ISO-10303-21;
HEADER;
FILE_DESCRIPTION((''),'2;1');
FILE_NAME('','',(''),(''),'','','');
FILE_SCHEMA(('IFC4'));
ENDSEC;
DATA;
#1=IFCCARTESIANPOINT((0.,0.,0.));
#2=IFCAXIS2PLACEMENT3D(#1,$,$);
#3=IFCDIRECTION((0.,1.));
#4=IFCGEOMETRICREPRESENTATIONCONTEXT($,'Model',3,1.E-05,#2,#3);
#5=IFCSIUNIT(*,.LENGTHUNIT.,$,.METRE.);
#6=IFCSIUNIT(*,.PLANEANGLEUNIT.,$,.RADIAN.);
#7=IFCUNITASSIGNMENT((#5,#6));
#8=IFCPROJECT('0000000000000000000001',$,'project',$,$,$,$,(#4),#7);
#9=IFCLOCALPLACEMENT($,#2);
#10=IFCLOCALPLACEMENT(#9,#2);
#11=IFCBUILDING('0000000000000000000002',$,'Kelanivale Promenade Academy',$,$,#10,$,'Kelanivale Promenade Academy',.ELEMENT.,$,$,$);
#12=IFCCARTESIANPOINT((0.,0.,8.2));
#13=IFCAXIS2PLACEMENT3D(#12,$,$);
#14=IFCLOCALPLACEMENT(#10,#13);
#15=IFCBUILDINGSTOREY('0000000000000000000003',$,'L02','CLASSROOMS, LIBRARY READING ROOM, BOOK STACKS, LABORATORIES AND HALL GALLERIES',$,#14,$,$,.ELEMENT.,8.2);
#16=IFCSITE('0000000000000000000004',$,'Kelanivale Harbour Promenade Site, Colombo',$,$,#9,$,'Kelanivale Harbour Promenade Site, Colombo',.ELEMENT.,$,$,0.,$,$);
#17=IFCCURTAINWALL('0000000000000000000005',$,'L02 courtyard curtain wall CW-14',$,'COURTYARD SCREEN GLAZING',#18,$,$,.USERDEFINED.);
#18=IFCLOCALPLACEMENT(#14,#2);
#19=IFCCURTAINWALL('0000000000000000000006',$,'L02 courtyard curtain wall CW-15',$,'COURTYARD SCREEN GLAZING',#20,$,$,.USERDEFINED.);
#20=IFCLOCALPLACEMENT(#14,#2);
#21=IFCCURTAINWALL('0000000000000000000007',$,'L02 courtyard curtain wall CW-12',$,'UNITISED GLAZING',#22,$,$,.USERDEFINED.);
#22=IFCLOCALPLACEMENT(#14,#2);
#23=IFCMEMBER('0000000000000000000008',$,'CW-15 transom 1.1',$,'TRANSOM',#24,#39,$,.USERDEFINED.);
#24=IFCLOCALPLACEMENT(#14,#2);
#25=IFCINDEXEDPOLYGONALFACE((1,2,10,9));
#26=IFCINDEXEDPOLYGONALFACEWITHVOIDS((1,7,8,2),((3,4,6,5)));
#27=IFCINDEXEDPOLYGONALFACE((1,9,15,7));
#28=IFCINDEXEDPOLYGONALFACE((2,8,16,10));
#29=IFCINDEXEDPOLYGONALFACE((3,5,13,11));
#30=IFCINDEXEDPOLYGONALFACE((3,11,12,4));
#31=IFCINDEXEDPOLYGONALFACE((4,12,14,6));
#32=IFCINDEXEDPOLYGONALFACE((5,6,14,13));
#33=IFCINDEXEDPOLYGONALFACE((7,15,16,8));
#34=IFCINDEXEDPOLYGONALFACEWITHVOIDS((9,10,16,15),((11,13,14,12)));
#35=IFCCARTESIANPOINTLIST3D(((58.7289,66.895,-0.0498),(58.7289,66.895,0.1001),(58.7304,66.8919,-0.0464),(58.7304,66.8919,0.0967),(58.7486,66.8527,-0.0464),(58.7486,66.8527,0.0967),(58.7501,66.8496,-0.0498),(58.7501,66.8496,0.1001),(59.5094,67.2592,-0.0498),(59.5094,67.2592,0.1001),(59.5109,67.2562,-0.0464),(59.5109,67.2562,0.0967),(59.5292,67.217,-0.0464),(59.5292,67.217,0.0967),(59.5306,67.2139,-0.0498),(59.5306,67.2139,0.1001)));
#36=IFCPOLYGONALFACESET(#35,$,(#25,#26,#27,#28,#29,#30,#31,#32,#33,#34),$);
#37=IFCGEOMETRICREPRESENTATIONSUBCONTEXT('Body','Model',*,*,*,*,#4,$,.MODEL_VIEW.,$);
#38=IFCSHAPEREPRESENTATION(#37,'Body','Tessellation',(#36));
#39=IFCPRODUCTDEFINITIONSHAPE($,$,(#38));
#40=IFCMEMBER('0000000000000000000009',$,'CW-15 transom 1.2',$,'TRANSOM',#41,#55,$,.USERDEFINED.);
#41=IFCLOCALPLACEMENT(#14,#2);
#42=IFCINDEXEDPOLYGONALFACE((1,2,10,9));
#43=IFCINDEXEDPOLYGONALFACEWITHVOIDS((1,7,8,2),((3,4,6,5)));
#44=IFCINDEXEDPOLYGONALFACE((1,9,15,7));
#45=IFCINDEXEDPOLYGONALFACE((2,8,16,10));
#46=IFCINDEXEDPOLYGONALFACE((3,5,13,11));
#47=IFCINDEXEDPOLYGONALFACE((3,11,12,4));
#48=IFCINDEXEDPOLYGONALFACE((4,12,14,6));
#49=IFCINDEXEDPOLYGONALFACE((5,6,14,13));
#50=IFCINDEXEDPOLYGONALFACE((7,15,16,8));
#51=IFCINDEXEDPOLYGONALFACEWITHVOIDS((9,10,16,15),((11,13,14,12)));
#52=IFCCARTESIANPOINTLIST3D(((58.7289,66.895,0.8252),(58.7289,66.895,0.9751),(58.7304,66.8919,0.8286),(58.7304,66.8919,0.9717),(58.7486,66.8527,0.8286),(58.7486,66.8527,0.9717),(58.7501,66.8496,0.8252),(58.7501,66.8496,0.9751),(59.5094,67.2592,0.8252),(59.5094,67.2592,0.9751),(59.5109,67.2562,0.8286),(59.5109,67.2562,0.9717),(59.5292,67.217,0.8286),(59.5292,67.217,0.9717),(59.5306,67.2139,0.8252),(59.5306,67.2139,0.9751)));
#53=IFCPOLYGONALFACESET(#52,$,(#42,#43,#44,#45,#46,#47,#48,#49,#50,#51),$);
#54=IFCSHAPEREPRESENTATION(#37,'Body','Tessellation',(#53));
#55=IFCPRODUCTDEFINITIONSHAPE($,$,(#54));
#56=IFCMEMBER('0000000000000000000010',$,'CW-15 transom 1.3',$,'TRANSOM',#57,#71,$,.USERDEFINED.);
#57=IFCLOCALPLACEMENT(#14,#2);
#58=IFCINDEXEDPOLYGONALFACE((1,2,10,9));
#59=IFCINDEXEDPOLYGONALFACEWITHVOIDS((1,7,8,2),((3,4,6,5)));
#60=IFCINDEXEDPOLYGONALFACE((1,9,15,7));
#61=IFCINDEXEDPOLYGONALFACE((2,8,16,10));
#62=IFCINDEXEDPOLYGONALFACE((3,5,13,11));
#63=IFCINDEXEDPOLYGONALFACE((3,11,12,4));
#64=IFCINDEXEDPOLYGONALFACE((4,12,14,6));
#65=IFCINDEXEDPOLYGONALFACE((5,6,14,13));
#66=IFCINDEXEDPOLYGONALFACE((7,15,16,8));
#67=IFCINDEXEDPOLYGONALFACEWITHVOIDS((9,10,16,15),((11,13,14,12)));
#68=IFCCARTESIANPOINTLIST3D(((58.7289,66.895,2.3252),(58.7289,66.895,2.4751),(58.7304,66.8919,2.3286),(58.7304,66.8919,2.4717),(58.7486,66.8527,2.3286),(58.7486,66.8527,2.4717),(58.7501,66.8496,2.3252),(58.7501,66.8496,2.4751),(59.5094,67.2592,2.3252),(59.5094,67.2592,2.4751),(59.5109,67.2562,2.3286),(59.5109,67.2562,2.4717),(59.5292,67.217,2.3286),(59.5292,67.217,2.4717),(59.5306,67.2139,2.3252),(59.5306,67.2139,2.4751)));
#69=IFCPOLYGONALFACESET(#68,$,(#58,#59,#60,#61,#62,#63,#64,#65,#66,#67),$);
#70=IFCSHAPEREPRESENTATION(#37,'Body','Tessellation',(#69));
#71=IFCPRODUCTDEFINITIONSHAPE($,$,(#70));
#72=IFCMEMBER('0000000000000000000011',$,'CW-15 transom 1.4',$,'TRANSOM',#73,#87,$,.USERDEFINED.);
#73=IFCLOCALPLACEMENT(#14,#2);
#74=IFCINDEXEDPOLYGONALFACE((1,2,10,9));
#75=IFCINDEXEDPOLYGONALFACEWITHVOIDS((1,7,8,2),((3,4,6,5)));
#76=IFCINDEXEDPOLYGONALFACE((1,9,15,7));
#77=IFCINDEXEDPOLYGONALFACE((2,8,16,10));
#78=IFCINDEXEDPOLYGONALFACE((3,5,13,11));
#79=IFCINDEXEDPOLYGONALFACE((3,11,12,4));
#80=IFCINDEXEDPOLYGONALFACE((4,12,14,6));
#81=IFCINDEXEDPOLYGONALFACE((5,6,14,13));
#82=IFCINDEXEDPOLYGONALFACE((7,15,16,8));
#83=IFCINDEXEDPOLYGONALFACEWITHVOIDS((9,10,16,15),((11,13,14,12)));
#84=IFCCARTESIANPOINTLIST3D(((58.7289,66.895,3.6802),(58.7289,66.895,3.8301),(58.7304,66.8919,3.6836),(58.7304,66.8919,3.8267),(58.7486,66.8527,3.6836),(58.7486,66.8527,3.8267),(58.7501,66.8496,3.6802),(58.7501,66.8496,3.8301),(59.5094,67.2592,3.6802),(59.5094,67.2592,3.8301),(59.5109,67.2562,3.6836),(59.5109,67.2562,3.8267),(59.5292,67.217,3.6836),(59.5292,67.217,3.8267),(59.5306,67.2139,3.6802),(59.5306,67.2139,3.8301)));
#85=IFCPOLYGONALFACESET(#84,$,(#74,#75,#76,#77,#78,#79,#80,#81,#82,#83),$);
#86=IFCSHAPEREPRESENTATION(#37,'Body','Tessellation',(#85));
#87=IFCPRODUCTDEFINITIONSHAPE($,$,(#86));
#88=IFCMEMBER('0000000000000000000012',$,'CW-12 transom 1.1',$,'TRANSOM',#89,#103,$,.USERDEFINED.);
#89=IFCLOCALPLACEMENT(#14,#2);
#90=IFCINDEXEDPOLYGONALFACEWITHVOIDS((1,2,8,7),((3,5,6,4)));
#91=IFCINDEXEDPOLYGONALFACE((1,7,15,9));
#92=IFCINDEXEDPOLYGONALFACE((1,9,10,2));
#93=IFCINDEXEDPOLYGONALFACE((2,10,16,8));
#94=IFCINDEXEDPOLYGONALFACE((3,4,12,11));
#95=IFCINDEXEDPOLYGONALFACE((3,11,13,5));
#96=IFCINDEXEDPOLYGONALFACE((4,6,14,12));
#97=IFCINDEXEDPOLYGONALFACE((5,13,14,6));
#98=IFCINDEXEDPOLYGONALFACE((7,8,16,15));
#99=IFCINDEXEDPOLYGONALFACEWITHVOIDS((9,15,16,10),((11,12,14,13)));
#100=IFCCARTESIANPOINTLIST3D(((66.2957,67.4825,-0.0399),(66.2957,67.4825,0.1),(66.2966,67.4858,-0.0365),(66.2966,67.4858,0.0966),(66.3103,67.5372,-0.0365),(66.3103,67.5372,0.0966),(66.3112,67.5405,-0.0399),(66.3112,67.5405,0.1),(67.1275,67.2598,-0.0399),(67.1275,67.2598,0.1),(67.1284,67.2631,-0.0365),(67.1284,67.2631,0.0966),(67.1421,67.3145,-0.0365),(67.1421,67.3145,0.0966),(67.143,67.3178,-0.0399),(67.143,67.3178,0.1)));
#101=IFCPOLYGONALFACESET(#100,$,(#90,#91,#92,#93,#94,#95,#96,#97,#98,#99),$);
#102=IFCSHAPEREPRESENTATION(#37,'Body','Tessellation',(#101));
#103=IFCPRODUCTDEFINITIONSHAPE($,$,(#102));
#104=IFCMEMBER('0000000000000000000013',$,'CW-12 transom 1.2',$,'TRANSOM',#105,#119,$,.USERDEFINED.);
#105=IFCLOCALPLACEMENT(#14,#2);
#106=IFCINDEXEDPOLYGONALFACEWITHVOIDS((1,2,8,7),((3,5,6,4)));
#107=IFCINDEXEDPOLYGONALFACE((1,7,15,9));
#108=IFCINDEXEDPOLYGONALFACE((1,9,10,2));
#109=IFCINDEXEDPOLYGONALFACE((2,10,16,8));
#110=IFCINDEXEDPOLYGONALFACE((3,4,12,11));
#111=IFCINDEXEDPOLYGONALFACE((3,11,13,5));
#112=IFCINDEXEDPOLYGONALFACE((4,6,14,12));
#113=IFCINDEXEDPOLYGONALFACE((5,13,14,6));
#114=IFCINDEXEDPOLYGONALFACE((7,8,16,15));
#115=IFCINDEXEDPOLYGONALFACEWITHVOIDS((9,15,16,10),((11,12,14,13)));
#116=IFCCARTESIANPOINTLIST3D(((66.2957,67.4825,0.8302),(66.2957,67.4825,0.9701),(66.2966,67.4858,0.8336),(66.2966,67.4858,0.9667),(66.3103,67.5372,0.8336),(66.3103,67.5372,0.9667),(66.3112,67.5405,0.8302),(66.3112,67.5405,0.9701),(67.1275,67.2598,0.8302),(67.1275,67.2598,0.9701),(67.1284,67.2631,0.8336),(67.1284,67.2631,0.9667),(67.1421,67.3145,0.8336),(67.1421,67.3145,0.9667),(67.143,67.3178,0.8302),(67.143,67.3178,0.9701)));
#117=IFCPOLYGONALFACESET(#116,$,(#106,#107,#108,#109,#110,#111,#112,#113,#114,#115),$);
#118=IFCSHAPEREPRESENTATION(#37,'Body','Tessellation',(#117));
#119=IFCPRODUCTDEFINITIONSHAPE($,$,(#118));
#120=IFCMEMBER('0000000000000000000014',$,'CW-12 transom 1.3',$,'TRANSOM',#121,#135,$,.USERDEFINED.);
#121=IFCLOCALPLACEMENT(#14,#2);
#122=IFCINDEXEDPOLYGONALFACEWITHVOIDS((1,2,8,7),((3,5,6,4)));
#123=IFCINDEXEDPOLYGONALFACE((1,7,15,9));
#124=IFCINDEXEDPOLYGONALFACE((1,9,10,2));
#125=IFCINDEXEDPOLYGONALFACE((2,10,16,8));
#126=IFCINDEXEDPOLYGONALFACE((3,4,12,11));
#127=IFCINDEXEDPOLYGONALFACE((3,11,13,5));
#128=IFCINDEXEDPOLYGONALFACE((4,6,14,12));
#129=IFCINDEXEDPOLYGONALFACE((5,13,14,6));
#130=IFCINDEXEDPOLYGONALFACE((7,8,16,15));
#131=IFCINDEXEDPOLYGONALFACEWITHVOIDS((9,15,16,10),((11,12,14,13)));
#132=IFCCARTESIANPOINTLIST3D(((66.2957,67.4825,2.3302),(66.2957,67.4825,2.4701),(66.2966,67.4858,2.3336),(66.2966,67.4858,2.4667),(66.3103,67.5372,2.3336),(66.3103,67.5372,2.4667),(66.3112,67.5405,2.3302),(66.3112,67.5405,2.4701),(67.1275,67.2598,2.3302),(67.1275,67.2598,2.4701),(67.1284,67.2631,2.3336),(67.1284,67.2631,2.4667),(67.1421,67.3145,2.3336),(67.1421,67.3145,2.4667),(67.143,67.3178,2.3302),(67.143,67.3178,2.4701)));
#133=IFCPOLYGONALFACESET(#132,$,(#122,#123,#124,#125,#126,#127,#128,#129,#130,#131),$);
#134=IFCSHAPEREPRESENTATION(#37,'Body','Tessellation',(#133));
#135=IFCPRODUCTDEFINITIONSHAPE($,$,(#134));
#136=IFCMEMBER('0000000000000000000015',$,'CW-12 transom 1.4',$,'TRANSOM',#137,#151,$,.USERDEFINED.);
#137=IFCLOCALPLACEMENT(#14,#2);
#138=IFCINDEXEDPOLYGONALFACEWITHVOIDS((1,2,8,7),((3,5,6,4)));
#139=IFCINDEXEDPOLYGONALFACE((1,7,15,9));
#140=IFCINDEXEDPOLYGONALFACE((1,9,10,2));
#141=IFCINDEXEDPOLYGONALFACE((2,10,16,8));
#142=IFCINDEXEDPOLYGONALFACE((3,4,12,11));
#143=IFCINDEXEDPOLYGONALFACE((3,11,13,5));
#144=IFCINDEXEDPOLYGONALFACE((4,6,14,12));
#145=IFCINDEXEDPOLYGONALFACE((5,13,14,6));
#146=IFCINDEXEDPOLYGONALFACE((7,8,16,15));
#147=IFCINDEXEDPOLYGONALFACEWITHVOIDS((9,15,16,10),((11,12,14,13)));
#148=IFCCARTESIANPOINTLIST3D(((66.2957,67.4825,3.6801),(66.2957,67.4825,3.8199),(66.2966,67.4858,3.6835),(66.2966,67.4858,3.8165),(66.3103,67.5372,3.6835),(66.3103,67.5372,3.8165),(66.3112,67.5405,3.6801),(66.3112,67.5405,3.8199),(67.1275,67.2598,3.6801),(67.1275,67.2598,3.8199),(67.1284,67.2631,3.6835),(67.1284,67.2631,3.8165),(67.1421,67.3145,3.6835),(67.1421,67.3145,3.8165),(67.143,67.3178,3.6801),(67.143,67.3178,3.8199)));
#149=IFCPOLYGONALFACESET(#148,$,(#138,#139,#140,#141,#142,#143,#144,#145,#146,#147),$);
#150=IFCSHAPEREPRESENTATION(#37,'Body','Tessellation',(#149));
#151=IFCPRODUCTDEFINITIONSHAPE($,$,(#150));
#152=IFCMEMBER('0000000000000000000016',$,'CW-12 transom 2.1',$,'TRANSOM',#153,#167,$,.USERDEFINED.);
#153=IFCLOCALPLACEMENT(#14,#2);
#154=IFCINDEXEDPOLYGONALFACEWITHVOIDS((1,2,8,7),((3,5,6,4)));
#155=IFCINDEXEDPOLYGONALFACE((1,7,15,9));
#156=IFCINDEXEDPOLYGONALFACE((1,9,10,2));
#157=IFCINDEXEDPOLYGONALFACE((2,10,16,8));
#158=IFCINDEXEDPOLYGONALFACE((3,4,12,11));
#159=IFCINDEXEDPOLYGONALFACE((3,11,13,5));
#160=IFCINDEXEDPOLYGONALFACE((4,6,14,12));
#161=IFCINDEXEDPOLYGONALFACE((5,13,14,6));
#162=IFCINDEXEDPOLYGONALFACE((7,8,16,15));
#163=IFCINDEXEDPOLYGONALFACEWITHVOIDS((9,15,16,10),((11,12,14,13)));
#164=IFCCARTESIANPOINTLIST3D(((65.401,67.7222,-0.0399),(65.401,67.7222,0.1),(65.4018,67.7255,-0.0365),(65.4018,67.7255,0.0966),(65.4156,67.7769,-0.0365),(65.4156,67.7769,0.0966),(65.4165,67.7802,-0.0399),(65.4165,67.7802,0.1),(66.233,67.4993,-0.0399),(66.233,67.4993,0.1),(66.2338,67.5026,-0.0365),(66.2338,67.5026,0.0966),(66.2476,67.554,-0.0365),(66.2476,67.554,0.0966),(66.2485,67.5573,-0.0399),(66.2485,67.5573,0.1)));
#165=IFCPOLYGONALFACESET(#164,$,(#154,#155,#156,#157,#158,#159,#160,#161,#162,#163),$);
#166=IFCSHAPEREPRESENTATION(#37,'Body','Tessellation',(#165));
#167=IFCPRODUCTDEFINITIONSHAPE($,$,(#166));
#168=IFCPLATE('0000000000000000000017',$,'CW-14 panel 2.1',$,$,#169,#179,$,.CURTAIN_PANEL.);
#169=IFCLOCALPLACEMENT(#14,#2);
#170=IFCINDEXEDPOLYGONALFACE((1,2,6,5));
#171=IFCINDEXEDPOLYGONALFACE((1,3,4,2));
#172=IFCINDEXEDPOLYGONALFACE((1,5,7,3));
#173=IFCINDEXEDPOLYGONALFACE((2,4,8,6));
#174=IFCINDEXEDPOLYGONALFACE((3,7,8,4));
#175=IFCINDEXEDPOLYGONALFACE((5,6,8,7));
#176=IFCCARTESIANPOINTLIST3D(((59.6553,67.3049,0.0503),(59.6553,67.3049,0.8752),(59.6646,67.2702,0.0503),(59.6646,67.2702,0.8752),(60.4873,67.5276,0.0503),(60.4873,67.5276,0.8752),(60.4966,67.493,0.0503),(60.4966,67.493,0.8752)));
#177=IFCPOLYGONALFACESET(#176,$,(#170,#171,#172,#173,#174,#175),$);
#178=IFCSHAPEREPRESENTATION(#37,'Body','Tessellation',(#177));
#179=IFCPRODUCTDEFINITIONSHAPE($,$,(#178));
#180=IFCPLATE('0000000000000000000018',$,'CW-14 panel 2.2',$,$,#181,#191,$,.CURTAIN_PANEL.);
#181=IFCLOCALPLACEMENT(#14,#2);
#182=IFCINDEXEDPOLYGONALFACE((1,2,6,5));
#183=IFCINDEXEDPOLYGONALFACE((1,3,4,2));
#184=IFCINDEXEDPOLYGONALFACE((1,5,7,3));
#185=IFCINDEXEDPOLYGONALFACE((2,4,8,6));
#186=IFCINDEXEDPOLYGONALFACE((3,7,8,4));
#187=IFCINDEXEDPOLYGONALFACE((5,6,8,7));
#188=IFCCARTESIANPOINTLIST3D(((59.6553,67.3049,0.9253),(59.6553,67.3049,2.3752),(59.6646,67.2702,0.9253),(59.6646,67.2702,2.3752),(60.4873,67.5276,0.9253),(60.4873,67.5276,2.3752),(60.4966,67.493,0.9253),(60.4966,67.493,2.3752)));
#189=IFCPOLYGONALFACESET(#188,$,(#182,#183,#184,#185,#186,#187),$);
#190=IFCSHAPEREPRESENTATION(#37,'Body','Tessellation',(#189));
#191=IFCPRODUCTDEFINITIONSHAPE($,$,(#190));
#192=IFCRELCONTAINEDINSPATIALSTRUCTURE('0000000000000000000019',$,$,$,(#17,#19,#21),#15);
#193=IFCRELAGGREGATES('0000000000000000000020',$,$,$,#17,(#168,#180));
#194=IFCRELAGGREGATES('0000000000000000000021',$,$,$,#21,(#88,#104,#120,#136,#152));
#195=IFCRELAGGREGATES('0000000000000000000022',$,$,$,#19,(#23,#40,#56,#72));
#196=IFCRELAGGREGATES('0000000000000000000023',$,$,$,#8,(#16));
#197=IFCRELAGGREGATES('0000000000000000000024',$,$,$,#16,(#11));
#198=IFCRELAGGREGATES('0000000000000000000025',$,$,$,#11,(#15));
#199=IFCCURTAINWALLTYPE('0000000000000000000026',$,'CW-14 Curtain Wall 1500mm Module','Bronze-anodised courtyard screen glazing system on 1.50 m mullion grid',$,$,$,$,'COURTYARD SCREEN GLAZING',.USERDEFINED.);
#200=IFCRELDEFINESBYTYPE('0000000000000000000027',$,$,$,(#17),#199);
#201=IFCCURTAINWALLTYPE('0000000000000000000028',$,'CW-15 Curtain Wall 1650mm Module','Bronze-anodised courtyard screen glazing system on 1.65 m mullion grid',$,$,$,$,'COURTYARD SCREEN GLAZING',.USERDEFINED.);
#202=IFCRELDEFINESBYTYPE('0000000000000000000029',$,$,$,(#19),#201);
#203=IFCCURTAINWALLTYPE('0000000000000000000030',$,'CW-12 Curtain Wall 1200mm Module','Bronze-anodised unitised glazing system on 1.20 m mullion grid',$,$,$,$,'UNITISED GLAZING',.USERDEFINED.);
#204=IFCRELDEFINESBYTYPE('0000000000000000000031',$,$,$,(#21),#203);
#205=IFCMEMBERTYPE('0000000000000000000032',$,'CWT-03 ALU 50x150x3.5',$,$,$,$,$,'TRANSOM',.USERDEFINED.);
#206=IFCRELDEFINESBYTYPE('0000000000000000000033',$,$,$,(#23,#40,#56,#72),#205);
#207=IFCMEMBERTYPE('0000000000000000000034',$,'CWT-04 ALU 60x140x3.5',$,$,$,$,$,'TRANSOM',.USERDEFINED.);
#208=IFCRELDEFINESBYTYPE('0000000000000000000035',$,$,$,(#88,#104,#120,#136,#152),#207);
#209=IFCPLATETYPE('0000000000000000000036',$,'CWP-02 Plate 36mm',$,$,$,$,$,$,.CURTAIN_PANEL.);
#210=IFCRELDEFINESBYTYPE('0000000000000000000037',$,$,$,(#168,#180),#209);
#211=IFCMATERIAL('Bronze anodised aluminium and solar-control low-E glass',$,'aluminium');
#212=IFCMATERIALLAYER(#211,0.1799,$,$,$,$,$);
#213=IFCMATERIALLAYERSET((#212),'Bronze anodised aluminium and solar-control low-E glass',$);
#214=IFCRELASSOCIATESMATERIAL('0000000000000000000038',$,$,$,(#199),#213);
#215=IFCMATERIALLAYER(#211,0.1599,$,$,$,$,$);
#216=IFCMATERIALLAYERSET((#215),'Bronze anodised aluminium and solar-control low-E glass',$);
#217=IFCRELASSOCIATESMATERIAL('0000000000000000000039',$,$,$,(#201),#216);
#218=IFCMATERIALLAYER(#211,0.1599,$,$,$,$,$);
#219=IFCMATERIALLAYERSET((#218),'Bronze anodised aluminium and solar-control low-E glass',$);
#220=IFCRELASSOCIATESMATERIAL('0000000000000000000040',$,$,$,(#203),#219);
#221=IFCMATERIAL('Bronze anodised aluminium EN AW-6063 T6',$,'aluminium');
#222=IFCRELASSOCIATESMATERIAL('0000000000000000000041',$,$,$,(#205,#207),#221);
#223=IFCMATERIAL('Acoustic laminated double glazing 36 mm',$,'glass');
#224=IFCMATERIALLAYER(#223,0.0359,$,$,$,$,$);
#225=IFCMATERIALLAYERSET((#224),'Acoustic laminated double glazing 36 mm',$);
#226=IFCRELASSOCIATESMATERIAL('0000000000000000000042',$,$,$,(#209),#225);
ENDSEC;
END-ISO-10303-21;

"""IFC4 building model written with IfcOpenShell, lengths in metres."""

from ifc_helpers import new_model, si_unit, direction, frame, origin, origin_2d, place, context, subcontext, project, spatial, rectangle, hollow_rectangle, extrude, material, layer, layer_set, material_profile, profile_set, type_object, element, aggregate, save


model = new_model("IFC4")

# Units and contexts
model_context = context("Model", 3, precision=1e-05, world=origin(), true_north=direction((0.0, 1.0)))
body_context = subcontext(model_context, "Body", "Model", "MODEL_VIEW")
ifc_project = project(units=[si_unit("LENGTHUNIT", "METRE"), si_unit("PLANEANGLEUNIT", "RADIAN")], contexts=[model_context])

# Site, building, storey
site_placement = place(None, origin())
site = spatial("IfcSite", under=ifc_project, at=site_placement, Name="Kelanivale Harbour Promenade Site, Colombo", LongName="Kelanivale Harbour Promenade Site, Colombo", CompositionType="ELEMENT", RefElevation=0.0)
building_placement = place(site_placement, origin())
building = spatial("IfcBuilding", under=site, at=building_placement, Name="Kelanivale Promenade Academy", LongName="Kelanivale Promenade Academy", CompositionType="ELEMENT")
storey_placement = place(building_placement, frame((0.0, 0.0, 8.2)))
storey = spatial("IfcBuildingStorey", under=building, at=storey_placement, Name="L02", Description="CLASSROOMS, LIBRARY READING ROOM, BOOK STACKS, LABORATORIES AND HALL GALLERIES", CompositionType="ELEMENT", Elevation=8.2)

# Curtain wall
ifc_material_1 = material(Name="Bronze anodised aluminium and solar-control low-E glass", Category="aluminium")
ifc_layer_1 = layer(ifc_material_1, 0.1799)
ifc_layer_set_1 = layer_set([ifc_layer_1], Name="Bronze anodised aluminium and solar-control low-E glass")
curtain_wall_type_1 = type_object("IfcCurtainWallType", Name="CW-14 Curtain Wall 1500mm Module", Description="Bronze-anodised courtyard screen glazing system on 1.50 m mullion grid", ElementType="COURTYARD SCREEN GLAZING", PredefinedType="USERDEFINED", material=ifc_layer_set_1)
curtain_wall_1_placement = place(storey_placement, origin())
curtain_wall_1 = element("IfcCurtainWall", 1, at=curtain_wall_1_placement, inside=storey, type_object=curtain_wall_type_1, Name="L02 courtyard curtain wall CW-14", ObjectType="COURTYARD SCREEN GLAZING", PredefinedType="USERDEFINED")
ifc_material_2 = material(Name="Bronze anodised aluminium EN AW-6063 T6", Category="aluminium")

# Curtain wall
ifc_layer_2 = layer(ifc_material_1, 0.1599)
ifc_layer_set_2 = layer_set([ifc_layer_2], Name="Bronze anodised aluminium and solar-control low-E glass")
curtain_wall_type_2 = type_object("IfcCurtainWallType", Name="CW-15 Curtain Wall 1650mm Module", Description="Bronze-anodised courtyard screen glazing system on 1.65 m mullion grid", ElementType="COURTYARD SCREEN GLAZING", PredefinedType="USERDEFINED", material=ifc_layer_set_2)
curtain_wall_2_placement = place(storey_placement, origin())
curtain_wall_2 = element("IfcCurtainWall", 2, at=curtain_wall_2_placement, inside=storey, type_object=curtain_wall_type_2, Name="L02 courtyard curtain wall CW-15", ObjectType="COURTYARD SCREEN GLAZING", PredefinedType="USERDEFINED")

# Curtain wall
ifc_layer_3 = layer(ifc_material_1, 0.1599)
ifc_layer_set_3 = layer_set([ifc_layer_3], Name="Bronze anodised aluminium and solar-control low-E glass")
curtain_wall_type_3 = type_object("IfcCurtainWallType", Name="CW-12 Curtain Wall 1200mm Module", Description="Bronze-anodised unitised glazing system on 1.20 m mullion grid", ElementType="UNITISED GLAZING", PredefinedType="USERDEFINED", material=ifc_layer_set_3)
curtain_wall_3_placement = place(storey_placement, origin())
curtain_wall_3 = element("IfcCurtainWall", 3, at=curtain_wall_3_placement, inside=storey, type_object=curtain_wall_type_3, Name="L02 courtyard curtain wall CW-12", ObjectType="UNITISED GLAZING", PredefinedType="USERDEFINED")

# Members
ifc_material_profile_1 = material_profile(ifc_material_2, hollow_rectangle(XDim=0.05, YDim=0.1499, WallThickness=0.0034, at=origin_2d()), Name="ALU 50x150x3.5")
ifc_profile_set_1 = profile_set([ifc_material_profile_1], Name="Bronze anodised aluminium EN AW-6063 T6")
member_type_1 = type_object("IfcMemberType", Name="CWT-03 ALU 50x150x3.5", ElementType="TRANSOM", PredefinedType="USERDEFINED", material=ifc_profile_set_1)
member_1_placement = place(storey_placement, frame((59.52, 67.2366, 0.0251), z_axis=(-0.906176, -0.422901, 0.0), x_axis=(0.422901, -0.906176, 0.0)))
member_1 = element("IfcMember", 4, at=member_1_placement, type_object=member_type_1, Name="CW-15 transom 1.1", ObjectType="TRANSOM", PredefinedType="USERDEFINED", context=body_context, shape_type="SweptSolid", body=[
    extrude(hollow_rectangle(XDim=0.05, YDim=0.1499, WallThickness=0.0034, at=origin_2d()), origin(), (0.0, 0.0, 1.0), 0.8613),
])
member_2_placement = place(storey_placement, frame((59.52, 67.2366, 0.9001), z_axis=(-0.906176, -0.422901, 0.0), x_axis=(0.422901, -0.906176, 0.0)))
member_2 = element("IfcMember", 5, at=member_2_placement, type_object=member_type_1, Name="CW-15 transom 1.2", ObjectType="TRANSOM", PredefinedType="USERDEFINED", context=body_context, shape_type="SweptSolid", body=[
    extrude(hollow_rectangle(XDim=0.05, YDim=0.1499, WallThickness=0.0034, at=origin_2d()), origin(), (0.0, 0.0, 1.0), 0.8613),
])
member_3_placement = place(storey_placement, frame((59.52, 67.2366, 2.4001), z_axis=(-0.906176, -0.422901, 0.0), x_axis=(0.422901, -0.906176, 0.0)))
member_3 = element("IfcMember", 6, at=member_3_placement, type_object=member_type_1, Name="CW-15 transom 1.3", ObjectType="TRANSOM", PredefinedType="USERDEFINED", context=body_context, shape_type="SweptSolid", body=[
    extrude(hollow_rectangle(XDim=0.05, YDim=0.1499, WallThickness=0.0034, at=origin_2d()), origin(), (0.0, 0.0, 1.0), 0.8613),
])
member_4_placement = place(storey_placement, frame((59.52, 67.2366, 3.7551), z_axis=(-0.906176, -0.422901, 0.0), x_axis=(0.422901, -0.906176, 0.0)))
member_4 = element("IfcMember", 7, at=member_4_placement, type_object=member_type_1, Name="CW-15 transom 1.4", ObjectType="TRANSOM", PredefinedType="USERDEFINED", context=body_context, shape_type="SweptSolid", body=[
    extrude(hollow_rectangle(XDim=0.05, YDim=0.1499, WallThickness=0.0034, at=origin_2d()), origin(), (0.0, 0.0, 1.0), 0.8613),
])
ifc_material_profile_2 = material_profile(ifc_material_2, hollow_rectangle(XDim=0.0601, YDim=0.1399, WallThickness=0.0034, at=origin_2d()), Name="ALU 60x140x3.5")
ifc_profile_set_2 = profile_set([ifc_material_profile_2], Name="Bronze anodised aluminium EN AW-6063 T6")
member_type_2 = type_object("IfcMemberType", Name="CWT-04 ALU 60x140x3.5", ElementType="TRANSOM", PredefinedType="USERDEFINED", material=ifc_profile_set_2)
member_5_placement = place(storey_placement, frame((67.1353, 67.2888, 0.03), z_axis=(-0.96599, 0.25858, 0.0), x_axis=(-0.25858, -0.96599, 0.0)))
member_5 = element("IfcMember", 8, at=member_5_placement, type_object=member_type_2, Name="CW-12 transom 1.1", ObjectType="TRANSOM", PredefinedType="USERDEFINED", context=body_context, shape_type="SweptSolid", body=[
    extrude(hollow_rectangle(XDim=0.0601, YDim=0.1399, WallThickness=0.0034, at=origin_2d()), origin(), (0.0, 0.0, 1.0), 0.8611),
])
member_6_placement = place(storey_placement, frame((67.1353, 67.2888, 0.9001), z_axis=(-0.96599, 0.25858, 0.0), x_axis=(-0.25858, -0.96599, 0.0)))
member_6 = element("IfcMember", 9, at=member_6_placement, type_object=member_type_2, Name="CW-12 transom 1.2", ObjectType="TRANSOM", PredefinedType="USERDEFINED", context=body_context, shape_type="SweptSolid", body=[
    extrude(hollow_rectangle(XDim=0.0601, YDim=0.1399, WallThickness=0.0034, at=origin_2d()), origin(), (0.0, 0.0, 1.0), 0.8611),
])
member_7_placement = place(storey_placement, frame((67.1353, 67.2888, 2.4001), z_axis=(-0.96599, 0.25858, 0.0), x_axis=(-0.25858, -0.96599, 0.0)))
member_7 = element("IfcMember", 10, at=member_7_placement, type_object=member_type_2, Name="CW-12 transom 1.3", ObjectType="TRANSOM", PredefinedType="USERDEFINED", context=body_context, shape_type="SweptSolid", body=[
    extrude(hollow_rectangle(XDim=0.0601, YDim=0.1399, WallThickness=0.0034, at=origin_2d()), origin(), (0.0, 0.0, 1.0), 0.8611),
])
member_8_placement = place(storey_placement, frame((67.1353, 67.2888, 3.75), z_axis=(-0.96599, 0.25858, 0.0), x_axis=(-0.25858, -0.96599, 0.0)))
member_8 = element("IfcMember", 11, at=member_8_placement, type_object=member_type_2, Name="CW-12 transom 1.4", ObjectType="TRANSOM", PredefinedType="USERDEFINED", context=body_context, shape_type="SweptSolid", body=[
    extrude(hollow_rectangle(XDim=0.0601, YDim=0.1399, WallThickness=0.0034, at=origin_2d()), origin(), (0.0, 0.0, 1.0), 0.8611),
])
member_9_placement = place(storey_placement, frame((66.2407, 67.5283, 0.03), z_axis=(-0.965938, 0.258774, 0.0), x_axis=(-0.258774, -0.965938, 0.0)))
member_9 = element("IfcMember", 12, at=member_9_placement, type_object=member_type_2, Name="CW-12 transom 2.1", ObjectType="TRANSOM", PredefinedType="USERDEFINED", context=body_context, shape_type="SweptSolid", body=[
    extrude(hollow_rectangle(XDim=0.0601, YDim=0.1399, WallThickness=0.0034, at=origin_2d()), origin(), (0.0, 0.0, 1.0), 0.8613),
])

# Plates
ifc_material_3 = material(Name="Acoustic laminated double glazing 36 mm", Category="glass")
ifc_layer_4 = layer(ifc_material_3, 0.0359)
ifc_layer_set_4 = layer_set([ifc_layer_4], Name="Acoustic laminated double glazing 36 mm")
plate_type_1 = type_object("IfcPlateType", Name="CWP-02 Plate 36mm", PredefinedType="CURTAIN_PANEL", material=ifc_layer_set_4)
plate_1_placement = place(storey_placement, frame((60.0759, 67.3989, 0.0503), z_axis=(0.0, 0.0, 1.0), x_axis=(-0.96599, -0.258578, 0.0)))
plate_1 = element("IfcPlate", 13, at=plate_1_placement, type_object=plate_type_1, Name="CW-14 panel 2.1", PredefinedType="CURTAIN_PANEL", context=body_context, shape_type="SweptSolid", body=[
    extrude(rectangle(XDim=0.8613, YDim=0.0359, at=origin_2d()), origin(), (0.0, 0.0, 1.0), 0.825),
])
plate_2_placement = place(storey_placement, frame((60.0759, 67.3989, 0.9253), z_axis=(0.0, 0.0, 1.0), x_axis=(-0.96599, -0.258578, 0.0)))
plate_2 = element("IfcPlate", 14, at=plate_2_placement, type_object=plate_type_1, Name="CW-14 panel 2.2", PredefinedType="CURTAIN_PANEL", context=body_context, shape_type="SweptSolid", body=[
    extrude(rectangle(XDim=0.8613, YDim=0.0359, at=origin_2d()), origin(), (0.0, 0.0, 1.0), 1.45),
])
aggregate(curtain_wall_1, [plate_1, plate_2])
aggregate(curtain_wall_3, [member_5, member_6, member_7, member_8, member_9])
aggregate(curtain_wall_2, [member_1, member_2, member_3, member_4])

save(model, "model.ifc")
